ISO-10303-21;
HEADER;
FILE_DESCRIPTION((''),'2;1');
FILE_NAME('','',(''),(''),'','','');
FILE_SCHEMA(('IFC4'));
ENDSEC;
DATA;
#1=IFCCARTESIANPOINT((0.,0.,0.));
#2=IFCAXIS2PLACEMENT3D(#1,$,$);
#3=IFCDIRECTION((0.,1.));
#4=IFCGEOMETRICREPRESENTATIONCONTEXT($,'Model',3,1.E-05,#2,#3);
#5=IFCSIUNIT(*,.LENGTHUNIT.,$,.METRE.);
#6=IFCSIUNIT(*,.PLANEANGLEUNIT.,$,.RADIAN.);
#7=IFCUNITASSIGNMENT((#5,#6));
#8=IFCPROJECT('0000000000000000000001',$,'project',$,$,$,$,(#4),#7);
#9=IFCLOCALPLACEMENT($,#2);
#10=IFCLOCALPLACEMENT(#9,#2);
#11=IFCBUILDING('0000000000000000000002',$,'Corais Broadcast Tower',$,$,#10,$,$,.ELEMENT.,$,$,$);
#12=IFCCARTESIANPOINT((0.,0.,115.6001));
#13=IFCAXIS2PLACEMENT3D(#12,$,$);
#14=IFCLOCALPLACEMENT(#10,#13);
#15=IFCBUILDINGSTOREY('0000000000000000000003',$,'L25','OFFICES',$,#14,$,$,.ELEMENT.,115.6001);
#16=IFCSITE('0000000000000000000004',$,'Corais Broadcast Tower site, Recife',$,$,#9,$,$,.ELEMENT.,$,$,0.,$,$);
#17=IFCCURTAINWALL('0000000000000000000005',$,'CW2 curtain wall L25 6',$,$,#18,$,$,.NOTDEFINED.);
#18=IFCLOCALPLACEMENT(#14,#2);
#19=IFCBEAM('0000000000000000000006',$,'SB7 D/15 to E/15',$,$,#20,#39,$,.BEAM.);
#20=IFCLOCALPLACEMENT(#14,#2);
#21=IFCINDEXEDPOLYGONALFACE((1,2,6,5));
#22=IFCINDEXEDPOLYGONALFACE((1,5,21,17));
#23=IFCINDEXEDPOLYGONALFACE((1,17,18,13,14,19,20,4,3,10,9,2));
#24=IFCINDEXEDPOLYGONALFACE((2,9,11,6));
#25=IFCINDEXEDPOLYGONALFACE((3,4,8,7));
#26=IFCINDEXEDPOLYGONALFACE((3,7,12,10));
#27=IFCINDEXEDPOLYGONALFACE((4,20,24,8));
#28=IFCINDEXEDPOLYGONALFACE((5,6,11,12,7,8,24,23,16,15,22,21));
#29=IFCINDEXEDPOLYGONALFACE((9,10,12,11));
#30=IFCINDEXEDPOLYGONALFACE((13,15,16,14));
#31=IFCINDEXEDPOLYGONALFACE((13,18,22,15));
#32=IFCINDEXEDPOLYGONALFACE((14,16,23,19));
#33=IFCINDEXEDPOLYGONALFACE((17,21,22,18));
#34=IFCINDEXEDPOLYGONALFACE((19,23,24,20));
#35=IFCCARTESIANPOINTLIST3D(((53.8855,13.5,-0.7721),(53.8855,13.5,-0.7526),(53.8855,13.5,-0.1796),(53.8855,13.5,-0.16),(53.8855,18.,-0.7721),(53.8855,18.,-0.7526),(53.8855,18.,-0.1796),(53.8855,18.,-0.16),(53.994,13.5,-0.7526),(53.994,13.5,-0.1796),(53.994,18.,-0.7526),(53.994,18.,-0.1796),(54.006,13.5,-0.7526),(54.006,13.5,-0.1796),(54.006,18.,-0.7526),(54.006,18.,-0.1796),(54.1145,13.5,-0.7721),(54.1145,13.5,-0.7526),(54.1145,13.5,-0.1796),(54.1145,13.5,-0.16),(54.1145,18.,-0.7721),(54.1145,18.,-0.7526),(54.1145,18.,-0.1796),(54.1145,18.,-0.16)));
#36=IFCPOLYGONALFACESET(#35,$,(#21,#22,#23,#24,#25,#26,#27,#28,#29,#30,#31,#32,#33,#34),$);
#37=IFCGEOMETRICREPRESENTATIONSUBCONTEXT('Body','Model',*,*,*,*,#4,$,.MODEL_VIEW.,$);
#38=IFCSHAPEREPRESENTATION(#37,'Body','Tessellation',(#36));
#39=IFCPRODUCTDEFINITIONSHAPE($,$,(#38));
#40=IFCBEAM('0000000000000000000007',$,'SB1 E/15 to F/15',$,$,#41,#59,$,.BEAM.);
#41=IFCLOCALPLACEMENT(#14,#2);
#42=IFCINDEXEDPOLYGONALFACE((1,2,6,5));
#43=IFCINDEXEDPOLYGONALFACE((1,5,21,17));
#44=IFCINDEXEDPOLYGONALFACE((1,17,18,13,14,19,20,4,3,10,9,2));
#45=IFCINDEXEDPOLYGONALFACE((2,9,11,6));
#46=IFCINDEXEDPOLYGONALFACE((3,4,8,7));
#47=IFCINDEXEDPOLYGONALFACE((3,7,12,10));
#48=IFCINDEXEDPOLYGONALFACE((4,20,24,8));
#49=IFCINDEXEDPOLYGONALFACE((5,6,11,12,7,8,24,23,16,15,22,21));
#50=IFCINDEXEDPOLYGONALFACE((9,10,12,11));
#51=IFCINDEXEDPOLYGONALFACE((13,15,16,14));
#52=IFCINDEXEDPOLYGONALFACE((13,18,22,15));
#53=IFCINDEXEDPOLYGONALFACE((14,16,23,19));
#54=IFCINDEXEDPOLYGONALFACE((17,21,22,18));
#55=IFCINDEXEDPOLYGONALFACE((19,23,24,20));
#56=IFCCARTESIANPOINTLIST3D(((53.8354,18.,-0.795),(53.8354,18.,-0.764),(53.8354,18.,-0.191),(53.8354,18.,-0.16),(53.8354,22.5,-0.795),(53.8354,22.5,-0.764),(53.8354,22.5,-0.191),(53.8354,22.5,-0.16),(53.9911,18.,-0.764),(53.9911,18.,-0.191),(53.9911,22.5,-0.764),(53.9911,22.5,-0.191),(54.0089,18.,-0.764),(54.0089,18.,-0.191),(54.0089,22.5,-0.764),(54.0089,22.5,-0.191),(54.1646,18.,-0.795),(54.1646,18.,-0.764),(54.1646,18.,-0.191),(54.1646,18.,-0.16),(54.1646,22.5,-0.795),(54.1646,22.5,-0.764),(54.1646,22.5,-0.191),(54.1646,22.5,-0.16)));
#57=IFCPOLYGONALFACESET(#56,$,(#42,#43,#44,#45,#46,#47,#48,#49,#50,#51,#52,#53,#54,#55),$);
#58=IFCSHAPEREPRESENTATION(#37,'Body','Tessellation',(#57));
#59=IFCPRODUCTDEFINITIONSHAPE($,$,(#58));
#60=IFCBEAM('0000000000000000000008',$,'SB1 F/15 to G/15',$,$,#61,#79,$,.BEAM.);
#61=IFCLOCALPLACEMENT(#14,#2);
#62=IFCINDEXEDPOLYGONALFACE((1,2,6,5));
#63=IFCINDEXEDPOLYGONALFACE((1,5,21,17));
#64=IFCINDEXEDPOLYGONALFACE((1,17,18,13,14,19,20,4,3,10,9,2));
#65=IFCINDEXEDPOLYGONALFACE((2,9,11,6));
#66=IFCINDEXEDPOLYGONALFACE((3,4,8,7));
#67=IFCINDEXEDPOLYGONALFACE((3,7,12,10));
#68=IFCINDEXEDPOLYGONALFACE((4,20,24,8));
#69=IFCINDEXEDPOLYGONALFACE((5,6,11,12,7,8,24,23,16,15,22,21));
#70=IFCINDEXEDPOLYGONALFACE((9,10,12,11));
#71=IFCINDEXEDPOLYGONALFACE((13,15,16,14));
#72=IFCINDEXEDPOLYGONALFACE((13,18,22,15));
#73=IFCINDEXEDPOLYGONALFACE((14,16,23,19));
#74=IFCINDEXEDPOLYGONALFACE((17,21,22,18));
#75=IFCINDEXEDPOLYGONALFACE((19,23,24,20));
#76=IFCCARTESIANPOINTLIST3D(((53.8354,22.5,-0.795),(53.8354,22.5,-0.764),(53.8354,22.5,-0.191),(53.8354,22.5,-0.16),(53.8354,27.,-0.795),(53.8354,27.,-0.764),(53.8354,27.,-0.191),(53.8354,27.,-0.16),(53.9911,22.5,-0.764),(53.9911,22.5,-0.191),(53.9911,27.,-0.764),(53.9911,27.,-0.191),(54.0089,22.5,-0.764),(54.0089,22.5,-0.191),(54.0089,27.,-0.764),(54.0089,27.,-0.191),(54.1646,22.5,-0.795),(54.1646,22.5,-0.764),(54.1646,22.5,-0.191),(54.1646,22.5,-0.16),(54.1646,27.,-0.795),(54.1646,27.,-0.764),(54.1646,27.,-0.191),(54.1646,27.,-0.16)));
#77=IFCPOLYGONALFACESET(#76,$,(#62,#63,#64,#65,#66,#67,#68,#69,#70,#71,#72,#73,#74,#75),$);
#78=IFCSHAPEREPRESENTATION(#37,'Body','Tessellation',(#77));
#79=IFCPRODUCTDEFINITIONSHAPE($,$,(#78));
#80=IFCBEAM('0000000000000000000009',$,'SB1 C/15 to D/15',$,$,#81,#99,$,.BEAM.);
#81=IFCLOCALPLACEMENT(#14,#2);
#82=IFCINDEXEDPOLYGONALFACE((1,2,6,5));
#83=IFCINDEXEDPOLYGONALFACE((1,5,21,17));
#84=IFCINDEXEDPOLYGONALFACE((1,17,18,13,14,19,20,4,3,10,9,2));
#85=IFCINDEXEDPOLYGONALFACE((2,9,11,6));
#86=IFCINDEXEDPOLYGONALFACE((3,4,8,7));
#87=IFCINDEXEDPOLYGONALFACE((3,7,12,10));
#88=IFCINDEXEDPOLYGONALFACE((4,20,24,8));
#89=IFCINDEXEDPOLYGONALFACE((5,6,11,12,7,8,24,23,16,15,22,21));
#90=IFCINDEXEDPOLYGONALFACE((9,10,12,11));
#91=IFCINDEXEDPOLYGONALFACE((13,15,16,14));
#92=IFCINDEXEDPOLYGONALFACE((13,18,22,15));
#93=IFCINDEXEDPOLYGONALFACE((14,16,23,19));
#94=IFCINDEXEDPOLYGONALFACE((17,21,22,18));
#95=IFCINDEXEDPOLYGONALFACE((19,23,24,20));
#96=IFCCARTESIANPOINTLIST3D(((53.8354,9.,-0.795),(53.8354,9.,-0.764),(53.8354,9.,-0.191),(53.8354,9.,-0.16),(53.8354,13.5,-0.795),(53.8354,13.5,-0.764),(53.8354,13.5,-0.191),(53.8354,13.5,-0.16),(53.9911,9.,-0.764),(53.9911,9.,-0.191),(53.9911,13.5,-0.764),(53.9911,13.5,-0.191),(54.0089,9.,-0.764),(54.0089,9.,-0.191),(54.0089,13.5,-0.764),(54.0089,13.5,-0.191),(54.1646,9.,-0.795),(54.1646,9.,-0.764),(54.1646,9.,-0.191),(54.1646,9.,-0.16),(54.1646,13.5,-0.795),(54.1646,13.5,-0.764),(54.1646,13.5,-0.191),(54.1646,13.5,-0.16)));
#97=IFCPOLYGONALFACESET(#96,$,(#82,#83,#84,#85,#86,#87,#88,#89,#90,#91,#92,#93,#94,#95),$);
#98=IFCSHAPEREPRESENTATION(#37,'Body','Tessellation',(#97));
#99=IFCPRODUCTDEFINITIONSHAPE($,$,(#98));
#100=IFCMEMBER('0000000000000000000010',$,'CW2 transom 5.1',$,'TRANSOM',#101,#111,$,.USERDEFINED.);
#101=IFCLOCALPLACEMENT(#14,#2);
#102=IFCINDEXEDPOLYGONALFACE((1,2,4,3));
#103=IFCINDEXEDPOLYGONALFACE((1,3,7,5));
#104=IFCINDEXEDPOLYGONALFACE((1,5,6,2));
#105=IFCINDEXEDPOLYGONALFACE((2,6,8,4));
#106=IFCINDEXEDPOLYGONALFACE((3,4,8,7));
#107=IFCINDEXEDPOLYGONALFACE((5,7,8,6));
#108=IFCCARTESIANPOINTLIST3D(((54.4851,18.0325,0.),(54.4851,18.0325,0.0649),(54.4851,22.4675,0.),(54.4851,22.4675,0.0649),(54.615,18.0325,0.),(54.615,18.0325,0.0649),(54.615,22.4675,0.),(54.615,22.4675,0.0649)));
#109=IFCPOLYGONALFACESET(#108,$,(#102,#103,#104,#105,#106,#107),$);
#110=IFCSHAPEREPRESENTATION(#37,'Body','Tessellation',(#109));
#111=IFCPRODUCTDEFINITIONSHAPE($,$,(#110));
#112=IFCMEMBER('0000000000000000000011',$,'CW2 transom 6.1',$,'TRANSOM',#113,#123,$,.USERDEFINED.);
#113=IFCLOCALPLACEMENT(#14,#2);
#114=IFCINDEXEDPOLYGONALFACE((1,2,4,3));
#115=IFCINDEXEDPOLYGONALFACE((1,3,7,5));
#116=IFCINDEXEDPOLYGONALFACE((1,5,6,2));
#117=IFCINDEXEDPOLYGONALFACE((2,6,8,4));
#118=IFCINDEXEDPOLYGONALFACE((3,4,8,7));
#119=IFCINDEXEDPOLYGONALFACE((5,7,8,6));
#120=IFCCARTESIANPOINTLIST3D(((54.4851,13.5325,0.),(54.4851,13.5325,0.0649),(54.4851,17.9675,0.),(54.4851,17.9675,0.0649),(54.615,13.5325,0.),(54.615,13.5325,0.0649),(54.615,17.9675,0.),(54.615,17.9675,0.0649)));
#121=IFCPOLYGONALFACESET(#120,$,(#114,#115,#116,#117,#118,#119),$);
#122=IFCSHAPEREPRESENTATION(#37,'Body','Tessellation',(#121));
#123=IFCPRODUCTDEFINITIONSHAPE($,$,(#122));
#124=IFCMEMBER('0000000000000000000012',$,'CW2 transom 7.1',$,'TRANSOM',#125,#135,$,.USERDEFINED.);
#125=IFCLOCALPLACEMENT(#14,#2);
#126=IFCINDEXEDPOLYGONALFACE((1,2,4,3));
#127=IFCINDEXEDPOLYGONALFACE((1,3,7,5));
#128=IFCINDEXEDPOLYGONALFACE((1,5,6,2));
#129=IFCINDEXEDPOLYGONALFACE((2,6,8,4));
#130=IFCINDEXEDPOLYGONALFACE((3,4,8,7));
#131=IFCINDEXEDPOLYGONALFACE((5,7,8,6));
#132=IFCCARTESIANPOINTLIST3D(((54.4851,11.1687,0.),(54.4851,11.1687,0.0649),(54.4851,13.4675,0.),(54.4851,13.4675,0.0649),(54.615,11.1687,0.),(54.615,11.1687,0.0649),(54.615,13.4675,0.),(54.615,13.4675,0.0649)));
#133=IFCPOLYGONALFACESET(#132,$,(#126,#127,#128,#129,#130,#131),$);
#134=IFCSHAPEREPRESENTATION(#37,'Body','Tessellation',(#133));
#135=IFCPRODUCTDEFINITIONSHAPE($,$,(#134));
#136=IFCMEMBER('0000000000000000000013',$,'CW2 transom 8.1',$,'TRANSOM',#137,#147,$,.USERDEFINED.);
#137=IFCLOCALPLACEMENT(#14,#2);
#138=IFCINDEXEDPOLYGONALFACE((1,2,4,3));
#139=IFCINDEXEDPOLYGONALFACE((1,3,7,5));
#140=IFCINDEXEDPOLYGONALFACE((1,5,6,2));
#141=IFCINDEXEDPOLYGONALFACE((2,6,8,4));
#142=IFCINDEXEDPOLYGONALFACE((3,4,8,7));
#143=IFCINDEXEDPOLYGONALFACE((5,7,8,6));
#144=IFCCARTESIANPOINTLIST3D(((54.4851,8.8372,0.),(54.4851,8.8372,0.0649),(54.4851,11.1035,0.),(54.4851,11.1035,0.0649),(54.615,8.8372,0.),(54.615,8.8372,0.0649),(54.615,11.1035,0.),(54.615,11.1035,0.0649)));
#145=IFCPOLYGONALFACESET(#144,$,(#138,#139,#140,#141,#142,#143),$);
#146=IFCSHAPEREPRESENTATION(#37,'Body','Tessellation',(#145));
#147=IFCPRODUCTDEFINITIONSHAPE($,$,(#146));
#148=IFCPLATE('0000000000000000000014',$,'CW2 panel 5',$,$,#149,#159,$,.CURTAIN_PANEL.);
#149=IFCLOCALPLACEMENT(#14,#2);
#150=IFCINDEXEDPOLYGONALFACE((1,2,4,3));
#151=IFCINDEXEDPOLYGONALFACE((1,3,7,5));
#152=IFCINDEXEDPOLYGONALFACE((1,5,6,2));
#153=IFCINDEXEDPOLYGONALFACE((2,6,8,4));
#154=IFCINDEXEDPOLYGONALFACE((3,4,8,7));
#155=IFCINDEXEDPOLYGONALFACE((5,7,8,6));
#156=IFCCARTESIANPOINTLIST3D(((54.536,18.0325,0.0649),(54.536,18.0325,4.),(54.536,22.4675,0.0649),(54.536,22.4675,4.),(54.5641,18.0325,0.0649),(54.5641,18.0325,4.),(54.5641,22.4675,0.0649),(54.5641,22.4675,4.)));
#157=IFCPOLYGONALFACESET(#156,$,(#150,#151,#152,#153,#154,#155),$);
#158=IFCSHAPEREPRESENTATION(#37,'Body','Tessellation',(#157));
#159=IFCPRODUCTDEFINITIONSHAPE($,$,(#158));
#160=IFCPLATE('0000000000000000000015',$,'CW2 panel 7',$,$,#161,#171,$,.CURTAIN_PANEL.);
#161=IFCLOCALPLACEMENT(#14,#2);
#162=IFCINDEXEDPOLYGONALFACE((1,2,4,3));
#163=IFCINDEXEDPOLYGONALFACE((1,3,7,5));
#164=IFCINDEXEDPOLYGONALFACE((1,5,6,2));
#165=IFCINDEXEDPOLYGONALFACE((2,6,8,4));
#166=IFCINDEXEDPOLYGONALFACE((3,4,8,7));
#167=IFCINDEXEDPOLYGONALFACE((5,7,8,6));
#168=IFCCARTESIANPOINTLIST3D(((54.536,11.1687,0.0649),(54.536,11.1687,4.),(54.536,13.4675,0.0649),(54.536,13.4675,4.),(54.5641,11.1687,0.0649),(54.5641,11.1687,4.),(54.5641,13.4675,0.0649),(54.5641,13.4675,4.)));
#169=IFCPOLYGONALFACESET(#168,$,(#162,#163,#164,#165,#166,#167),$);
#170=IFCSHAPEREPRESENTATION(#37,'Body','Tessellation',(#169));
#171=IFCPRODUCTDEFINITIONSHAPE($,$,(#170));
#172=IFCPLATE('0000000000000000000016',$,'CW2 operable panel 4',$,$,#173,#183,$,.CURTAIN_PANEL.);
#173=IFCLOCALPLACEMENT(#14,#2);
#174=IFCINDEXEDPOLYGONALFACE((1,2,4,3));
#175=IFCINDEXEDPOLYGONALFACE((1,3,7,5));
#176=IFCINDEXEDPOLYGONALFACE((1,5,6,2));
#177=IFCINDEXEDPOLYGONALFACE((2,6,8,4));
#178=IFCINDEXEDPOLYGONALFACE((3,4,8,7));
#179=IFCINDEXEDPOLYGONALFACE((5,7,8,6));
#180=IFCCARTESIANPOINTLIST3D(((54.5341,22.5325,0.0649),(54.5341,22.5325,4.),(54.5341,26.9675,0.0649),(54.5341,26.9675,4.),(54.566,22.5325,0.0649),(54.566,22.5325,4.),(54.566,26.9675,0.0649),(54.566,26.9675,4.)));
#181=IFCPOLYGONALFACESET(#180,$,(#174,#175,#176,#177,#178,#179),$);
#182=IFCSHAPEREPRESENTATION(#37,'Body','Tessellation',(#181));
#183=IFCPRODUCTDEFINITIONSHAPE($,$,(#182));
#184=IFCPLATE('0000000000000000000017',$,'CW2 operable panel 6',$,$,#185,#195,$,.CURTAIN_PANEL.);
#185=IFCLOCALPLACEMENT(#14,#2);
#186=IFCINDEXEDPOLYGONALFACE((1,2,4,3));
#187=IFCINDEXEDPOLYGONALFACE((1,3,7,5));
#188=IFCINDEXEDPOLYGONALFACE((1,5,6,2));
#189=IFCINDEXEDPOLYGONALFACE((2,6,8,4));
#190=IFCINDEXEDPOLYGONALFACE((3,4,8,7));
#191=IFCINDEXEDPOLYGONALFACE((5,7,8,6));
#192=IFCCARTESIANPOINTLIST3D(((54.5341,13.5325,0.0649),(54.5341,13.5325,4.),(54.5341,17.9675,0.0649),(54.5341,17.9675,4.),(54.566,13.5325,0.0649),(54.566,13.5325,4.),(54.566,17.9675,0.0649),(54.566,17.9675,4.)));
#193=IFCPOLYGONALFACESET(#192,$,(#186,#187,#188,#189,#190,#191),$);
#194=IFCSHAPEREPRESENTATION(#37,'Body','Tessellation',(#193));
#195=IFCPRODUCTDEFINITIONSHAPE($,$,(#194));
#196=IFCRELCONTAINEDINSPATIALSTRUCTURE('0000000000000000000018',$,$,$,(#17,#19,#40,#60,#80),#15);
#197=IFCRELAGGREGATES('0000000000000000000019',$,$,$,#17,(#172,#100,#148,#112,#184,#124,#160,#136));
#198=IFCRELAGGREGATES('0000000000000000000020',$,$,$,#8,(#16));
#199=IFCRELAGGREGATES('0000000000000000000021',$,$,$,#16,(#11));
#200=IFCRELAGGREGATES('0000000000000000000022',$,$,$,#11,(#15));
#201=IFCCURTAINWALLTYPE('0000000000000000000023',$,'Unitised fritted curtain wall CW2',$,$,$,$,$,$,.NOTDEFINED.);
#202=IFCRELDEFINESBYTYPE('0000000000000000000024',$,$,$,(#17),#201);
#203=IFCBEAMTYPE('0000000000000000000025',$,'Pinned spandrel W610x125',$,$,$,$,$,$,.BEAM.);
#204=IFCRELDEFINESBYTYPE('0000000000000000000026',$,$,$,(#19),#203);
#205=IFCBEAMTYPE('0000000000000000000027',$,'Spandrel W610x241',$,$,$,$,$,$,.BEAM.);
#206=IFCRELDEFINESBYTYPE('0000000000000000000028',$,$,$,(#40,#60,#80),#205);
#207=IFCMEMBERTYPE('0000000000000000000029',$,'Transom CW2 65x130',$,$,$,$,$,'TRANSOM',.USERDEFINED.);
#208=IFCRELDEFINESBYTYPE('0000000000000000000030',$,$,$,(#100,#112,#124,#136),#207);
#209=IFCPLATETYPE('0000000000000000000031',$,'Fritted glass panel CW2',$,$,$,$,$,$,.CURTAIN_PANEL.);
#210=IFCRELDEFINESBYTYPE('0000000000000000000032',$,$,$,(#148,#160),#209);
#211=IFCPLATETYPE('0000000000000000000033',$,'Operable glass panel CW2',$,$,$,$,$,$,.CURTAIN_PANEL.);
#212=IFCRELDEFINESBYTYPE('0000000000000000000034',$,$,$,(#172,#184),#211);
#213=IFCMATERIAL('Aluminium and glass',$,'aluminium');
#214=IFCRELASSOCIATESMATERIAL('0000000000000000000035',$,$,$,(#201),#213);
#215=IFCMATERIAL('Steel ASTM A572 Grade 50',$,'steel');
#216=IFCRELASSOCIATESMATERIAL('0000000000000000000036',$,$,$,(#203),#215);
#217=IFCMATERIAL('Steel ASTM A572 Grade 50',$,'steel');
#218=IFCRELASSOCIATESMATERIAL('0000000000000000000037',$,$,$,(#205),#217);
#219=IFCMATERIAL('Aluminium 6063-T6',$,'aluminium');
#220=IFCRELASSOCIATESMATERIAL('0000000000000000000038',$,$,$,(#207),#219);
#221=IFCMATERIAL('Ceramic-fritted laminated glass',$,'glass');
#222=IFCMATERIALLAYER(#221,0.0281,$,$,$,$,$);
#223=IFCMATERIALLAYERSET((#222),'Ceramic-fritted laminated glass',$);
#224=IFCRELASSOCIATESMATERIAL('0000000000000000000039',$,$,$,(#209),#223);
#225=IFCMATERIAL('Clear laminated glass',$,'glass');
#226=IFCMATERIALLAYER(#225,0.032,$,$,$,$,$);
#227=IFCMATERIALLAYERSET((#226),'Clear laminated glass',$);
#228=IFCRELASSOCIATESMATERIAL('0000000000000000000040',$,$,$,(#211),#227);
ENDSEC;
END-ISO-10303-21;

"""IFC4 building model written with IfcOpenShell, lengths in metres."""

from ifc_helpers import new_model, si_unit, direction, frame, origin, origin_2d, place, context, subcontext, project, spatial, rectangle, i_section, extrude, material, layer, layer_set, material_profile, profile_set, type_object, element, aggregate, save


model = new_model("IFC4")

# Units and contexts
model_context = context("Model", 3, precision=1e-05, world=origin(), true_north=direction((0.0, 1.0)))
body_context = subcontext(model_context, "Body", "Model", "MODEL_VIEW")
ifc_project = project(units=[si_unit("LENGTHUNIT", "METRE"), si_unit("PLANEANGLEUNIT", "RADIAN")], contexts=[model_context])

# Site, building, storey
site_placement = place(None, origin())
site = spatial("IfcSite", under=ifc_project, at=site_placement, Name="Corais Broadcast Tower site, Recife", CompositionType="ELEMENT", RefElevation=0.0)
building_placement = place(site_placement, origin())
building = spatial("IfcBuilding", under=site, at=building_placement, Name="Corais Broadcast Tower", CompositionType="ELEMENT")
storey_placement = place(building_placement, frame((0.0, 0.0, 115.6001)))
storey = spatial("IfcBuildingStorey", under=building, at=storey_placement, Name="L25", Description="OFFICES", CompositionType="ELEMENT", Elevation=115.6001)

# Curtain wall
ifc_material_1 = material(Name="Aluminium and glass", Category="aluminium")
curtain_wall_type = type_object("IfcCurtainWallType", Name="Unitised fritted curtain wall CW2", PredefinedType="NOTDEFINED", material=ifc_material_1)
curtain_wall_placement = place(storey_placement, origin())
curtain_wall = element("IfcCurtainWall", 1, at=curtain_wall_placement, inside=storey, type_object=curtain_wall_type, Name="CW2 curtain wall L25 6", PredefinedType="NOTDEFINED")

# Beams
ifc_material_2 = material(Name="Steel ASTM A572 Grade 50", Category="steel")
ifc_material_profile_1 = material_profile(ifc_material_2, i_section(OverallWidth=0.229, OverallDepth=0.6121, WebThickness=0.012, FlangeThickness=0.0195, at=origin_2d()), Name="W610x125")
ifc_profile_set_1 = profile_set([ifc_material_profile_1], Name="Steel ASTM A572 Grade 50")
beam_type_1 = type_object("IfcBeamType", Name="Pinned spandrel W610x125", PredefinedType="BEAM", material=ifc_profile_set_1)
beam_placement = place(storey_placement, frame((54.0, 13.5, -0.4661), z_axis=(0.0, 1.0, 0.0), x_axis=(-1.0, 0.0, 0.0)))
element("IfcBeam", 2, at=beam_placement, inside=storey, type_object=beam_type_1, Name="SB7 D/15 to E/15", PredefinedType="BEAM", context=body_context, shape_type="SweptSolid", body=[
    extrude(i_section(OverallWidth=0.229, OverallDepth=0.6121, WebThickness=0.012, FlangeThickness=0.0195, at=origin_2d()), origin(), (0.0, 0.0, 1.0), 4.5),
])
ifc_material_3 = material(Name="Steel ASTM A572 Grade 50", Category="steel")
ifc_material_profile_2 = material_profile(ifc_material_3, i_section(OverallWidth=0.3291, OverallDepth=0.635, WebThickness=0.0178, FlangeThickness=0.031, at=origin_2d()), Name="W610x241")
ifc_profile_set_2 = profile_set([ifc_material_profile_2], Name="Steel ASTM A572 Grade 50")
beam_type_2 = type_object("IfcBeamType", Name="Spandrel W610x241", PredefinedType="BEAM", material=ifc_profile_set_2)
for number, where, z_axis, x_axis, name in (
    (3, (54.0, 18.0, -0.4775), (0.0, 1.0, 0.0), (-1.0, 0.0, 0.0), "SB1 E/15 to F/15"),
    (4, (54.0, 22.5, -0.4775), (0.0, 1.0, 0.0), (-1.0, 0.0, 0.0), "SB1 F/15 to G/15"),
    (5, (54.0, 9.0, -0.4775), (0.0, 1.0, 0.0), (-1.0, 0.0, 0.0), "SB1 C/15 to D/15"),
):
    element("IfcBeam", number, at=place(storey_placement, frame(where, z_axis=z_axis, x_axis=x_axis)), inside=storey, type_object=beam_type_2, Name=name, PredefinedType="BEAM", context=body_context, shape_type="SweptSolid", body=[
        extrude(i_section(OverallWidth=0.3291, OverallDepth=0.635, WebThickness=0.0178, FlangeThickness=0.031, at=origin_2d()), origin(), (0.0, 0.0, 1.0), 4.5),
    ])

# Members
ifc_material_4 = material(Name="Aluminium 6063-T6", Category="aluminium")
ifc_material_profile_3 = material_profile(ifc_material_4, rectangle(XDim=0.1299, YDim=0.0649, at=origin_2d()), Name="Transom CW2 65x130")
ifc_profile_set_3 = profile_set([ifc_material_profile_3], Name="Aluminium 6063-T6")
member_type_1 = type_object("IfcMemberType", Name="Transom CW2 65x130", ElementType="TRANSOM", PredefinedType="USERDEFINED", material=ifc_profile_set_3)
member_1_placement = place(storey_placement, frame((54.55, 22.4675, 0.0325), z_axis=(0.0, -1.0, 0.0), x_axis=(1.0, 0.0, 0.0)))
member_1 = element("IfcMember", 6, at=member_1_placement, type_object=member_type_1, Name="CW2 transom 5.1", ObjectType="TRANSOM", PredefinedType="USERDEFINED", context=body_context, shape_type="SweptSolid", body=[
    extrude(rectangle(XDim=0.1299, YDim=0.0649, at=origin_2d()), origin(), (0.0, 0.0, 1.0), 4.4351),
])
member_2_placement = place(storey_placement, frame((54.55, 17.9675, 0.0325), z_axis=(0.0, -1.0, 0.0), x_axis=(1.0, 0.0, 0.0)))
member_2 = element("IfcMember", 7, at=member_2_placement, type_object=member_type_1, Name="CW2 transom 6.1", ObjectType="TRANSOM", PredefinedType="USERDEFINED", context=body_context, shape_type="SweptSolid", body=[
    extrude(rectangle(XDim=0.1299, YDim=0.0649, at=origin_2d()), origin(), (0.0, 0.0, 1.0), 4.4351),
])
member_3_placement = place(storey_placement, frame((54.55, 13.4675, 0.0325), z_axis=(0.0, -1.0, 0.0), x_axis=(1.0, 0.0, 0.0)))
member_3 = element("IfcMember", 8, at=member_3_placement, type_object=member_type_1, Name="CW2 transom 7.1", ObjectType="TRANSOM", PredefinedType="USERDEFINED", context=body_context, shape_type="SweptSolid", body=[
    extrude(rectangle(XDim=0.1299, YDim=0.0649, at=origin_2d()), origin(), (0.0, 0.0, 1.0), 2.2988),
])
member_4_placement = place(storey_placement, frame((54.55, 11.1035, 0.0325), z_axis=(0.0, -1.0, 0.0), x_axis=(1.0, 0.0, 0.0)))
member_4 = element("IfcMember", 9, at=member_4_placement, type_object=member_type_1, Name="CW2 transom 8.1", ObjectType="TRANSOM", PredefinedType="USERDEFINED", context=body_context, shape_type="SweptSolid", body=[
    extrude(rectangle(XDim=0.1299, YDim=0.0649, at=origin_2d()), origin(), (0.0, 0.0, 1.0), 2.2664),
])

# Plates
ifc_material_5 = material(Name="Ceramic-fritted laminated glass", Category="glass")
ifc_layer_1 = layer(ifc_material_5, 0.0281)
ifc_layer_set_1 = layer_set([ifc_layer_1], Name="Ceramic-fritted laminated glass")
plate_type_1 = type_object("IfcPlateType", Name="Fritted glass panel CW2", PredefinedType="CURTAIN_PANEL", material=ifc_layer_set_1)
plate_1_placement = place(storey_placement, frame((54.55, 20.25, 0.0649), z_axis=(0.0, 0.0, 1.0), x_axis=(0.0, -1.0, 0.0)))
plate_1 = element("IfcPlate", 10, at=plate_1_placement, type_object=plate_type_1, Name="CW2 panel 5", PredefinedType="CURTAIN_PANEL", context=body_context, shape_type="SweptSolid", body=[
    extrude(rectangle(XDim=4.4351, YDim=0.0281, at=origin_2d()), origin(), (0.0, 0.0, 1.0), 3.9351),
])
plate_2_placement = place(storey_placement, frame((54.55, 12.3181, 0.0649), z_axis=(0.0, 0.0, 1.0), x_axis=(0.0, -1.0, 0.0)))
plate_2 = element("IfcPlate", 11, at=plate_2_placement, type_object=plate_type_1, Name="CW2 panel 7", PredefinedType="CURTAIN_PANEL", context=body_context, shape_type="SweptSolid", body=[
    extrude(rectangle(XDim=2.2988, YDim=0.0281, at=origin_2d()), origin(), (0.0, 0.0, 1.0), 3.9351),
])
ifc_material_6 = material(Name="Clear laminated glass", Category="glass")
ifc_layer_2 = layer(ifc_material_6, 0.032)
ifc_layer_set_2 = layer_set([ifc_layer_2], Name="Clear laminated glass")
plate_type_2 = type_object("IfcPlateType", Name="Operable glass panel CW2", PredefinedType="CURTAIN_PANEL", material=ifc_layer_set_2)
plate_3_placement = place(storey_placement, frame((54.55, 24.75, 0.0649), z_axis=(0.0, 0.0, 1.0), x_axis=(0.0, -1.0, 0.0)))
plate_3 = element("IfcPlate", 12, at=plate_3_placement, type_object=plate_type_2, Name="CW2 operable panel 4", PredefinedType="CURTAIN_PANEL", context=body_context, shape_type="SweptSolid", body=[
    extrude(rectangle(XDim=4.4351, YDim=0.032, at=origin_2d()), origin(), (0.0, 0.0, 1.0), 3.9351),
])
plate_4_placement = place(storey_placement, frame((54.55, 15.75, 0.0649), z_axis=(0.0, 0.0, 1.0), x_axis=(0.0, -1.0, 0.0)))
plate_4 = element("IfcPlate", 13, at=plate_4_placement, type_object=plate_type_2, Name="CW2 operable panel 6", PredefinedType="CURTAIN_PANEL", context=body_context, shape_type="SweptSolid", body=[
    extrude(rectangle(XDim=4.4351, YDim=0.032, at=origin_2d()), origin(), (0.0, 0.0, 1.0), 3.9351),
])
aggregate(curtain_wall, [plate_3, member_1, plate_1, member_2, plate_4, member_3, plate_2, member_4])

save(model, "model.ifc")
